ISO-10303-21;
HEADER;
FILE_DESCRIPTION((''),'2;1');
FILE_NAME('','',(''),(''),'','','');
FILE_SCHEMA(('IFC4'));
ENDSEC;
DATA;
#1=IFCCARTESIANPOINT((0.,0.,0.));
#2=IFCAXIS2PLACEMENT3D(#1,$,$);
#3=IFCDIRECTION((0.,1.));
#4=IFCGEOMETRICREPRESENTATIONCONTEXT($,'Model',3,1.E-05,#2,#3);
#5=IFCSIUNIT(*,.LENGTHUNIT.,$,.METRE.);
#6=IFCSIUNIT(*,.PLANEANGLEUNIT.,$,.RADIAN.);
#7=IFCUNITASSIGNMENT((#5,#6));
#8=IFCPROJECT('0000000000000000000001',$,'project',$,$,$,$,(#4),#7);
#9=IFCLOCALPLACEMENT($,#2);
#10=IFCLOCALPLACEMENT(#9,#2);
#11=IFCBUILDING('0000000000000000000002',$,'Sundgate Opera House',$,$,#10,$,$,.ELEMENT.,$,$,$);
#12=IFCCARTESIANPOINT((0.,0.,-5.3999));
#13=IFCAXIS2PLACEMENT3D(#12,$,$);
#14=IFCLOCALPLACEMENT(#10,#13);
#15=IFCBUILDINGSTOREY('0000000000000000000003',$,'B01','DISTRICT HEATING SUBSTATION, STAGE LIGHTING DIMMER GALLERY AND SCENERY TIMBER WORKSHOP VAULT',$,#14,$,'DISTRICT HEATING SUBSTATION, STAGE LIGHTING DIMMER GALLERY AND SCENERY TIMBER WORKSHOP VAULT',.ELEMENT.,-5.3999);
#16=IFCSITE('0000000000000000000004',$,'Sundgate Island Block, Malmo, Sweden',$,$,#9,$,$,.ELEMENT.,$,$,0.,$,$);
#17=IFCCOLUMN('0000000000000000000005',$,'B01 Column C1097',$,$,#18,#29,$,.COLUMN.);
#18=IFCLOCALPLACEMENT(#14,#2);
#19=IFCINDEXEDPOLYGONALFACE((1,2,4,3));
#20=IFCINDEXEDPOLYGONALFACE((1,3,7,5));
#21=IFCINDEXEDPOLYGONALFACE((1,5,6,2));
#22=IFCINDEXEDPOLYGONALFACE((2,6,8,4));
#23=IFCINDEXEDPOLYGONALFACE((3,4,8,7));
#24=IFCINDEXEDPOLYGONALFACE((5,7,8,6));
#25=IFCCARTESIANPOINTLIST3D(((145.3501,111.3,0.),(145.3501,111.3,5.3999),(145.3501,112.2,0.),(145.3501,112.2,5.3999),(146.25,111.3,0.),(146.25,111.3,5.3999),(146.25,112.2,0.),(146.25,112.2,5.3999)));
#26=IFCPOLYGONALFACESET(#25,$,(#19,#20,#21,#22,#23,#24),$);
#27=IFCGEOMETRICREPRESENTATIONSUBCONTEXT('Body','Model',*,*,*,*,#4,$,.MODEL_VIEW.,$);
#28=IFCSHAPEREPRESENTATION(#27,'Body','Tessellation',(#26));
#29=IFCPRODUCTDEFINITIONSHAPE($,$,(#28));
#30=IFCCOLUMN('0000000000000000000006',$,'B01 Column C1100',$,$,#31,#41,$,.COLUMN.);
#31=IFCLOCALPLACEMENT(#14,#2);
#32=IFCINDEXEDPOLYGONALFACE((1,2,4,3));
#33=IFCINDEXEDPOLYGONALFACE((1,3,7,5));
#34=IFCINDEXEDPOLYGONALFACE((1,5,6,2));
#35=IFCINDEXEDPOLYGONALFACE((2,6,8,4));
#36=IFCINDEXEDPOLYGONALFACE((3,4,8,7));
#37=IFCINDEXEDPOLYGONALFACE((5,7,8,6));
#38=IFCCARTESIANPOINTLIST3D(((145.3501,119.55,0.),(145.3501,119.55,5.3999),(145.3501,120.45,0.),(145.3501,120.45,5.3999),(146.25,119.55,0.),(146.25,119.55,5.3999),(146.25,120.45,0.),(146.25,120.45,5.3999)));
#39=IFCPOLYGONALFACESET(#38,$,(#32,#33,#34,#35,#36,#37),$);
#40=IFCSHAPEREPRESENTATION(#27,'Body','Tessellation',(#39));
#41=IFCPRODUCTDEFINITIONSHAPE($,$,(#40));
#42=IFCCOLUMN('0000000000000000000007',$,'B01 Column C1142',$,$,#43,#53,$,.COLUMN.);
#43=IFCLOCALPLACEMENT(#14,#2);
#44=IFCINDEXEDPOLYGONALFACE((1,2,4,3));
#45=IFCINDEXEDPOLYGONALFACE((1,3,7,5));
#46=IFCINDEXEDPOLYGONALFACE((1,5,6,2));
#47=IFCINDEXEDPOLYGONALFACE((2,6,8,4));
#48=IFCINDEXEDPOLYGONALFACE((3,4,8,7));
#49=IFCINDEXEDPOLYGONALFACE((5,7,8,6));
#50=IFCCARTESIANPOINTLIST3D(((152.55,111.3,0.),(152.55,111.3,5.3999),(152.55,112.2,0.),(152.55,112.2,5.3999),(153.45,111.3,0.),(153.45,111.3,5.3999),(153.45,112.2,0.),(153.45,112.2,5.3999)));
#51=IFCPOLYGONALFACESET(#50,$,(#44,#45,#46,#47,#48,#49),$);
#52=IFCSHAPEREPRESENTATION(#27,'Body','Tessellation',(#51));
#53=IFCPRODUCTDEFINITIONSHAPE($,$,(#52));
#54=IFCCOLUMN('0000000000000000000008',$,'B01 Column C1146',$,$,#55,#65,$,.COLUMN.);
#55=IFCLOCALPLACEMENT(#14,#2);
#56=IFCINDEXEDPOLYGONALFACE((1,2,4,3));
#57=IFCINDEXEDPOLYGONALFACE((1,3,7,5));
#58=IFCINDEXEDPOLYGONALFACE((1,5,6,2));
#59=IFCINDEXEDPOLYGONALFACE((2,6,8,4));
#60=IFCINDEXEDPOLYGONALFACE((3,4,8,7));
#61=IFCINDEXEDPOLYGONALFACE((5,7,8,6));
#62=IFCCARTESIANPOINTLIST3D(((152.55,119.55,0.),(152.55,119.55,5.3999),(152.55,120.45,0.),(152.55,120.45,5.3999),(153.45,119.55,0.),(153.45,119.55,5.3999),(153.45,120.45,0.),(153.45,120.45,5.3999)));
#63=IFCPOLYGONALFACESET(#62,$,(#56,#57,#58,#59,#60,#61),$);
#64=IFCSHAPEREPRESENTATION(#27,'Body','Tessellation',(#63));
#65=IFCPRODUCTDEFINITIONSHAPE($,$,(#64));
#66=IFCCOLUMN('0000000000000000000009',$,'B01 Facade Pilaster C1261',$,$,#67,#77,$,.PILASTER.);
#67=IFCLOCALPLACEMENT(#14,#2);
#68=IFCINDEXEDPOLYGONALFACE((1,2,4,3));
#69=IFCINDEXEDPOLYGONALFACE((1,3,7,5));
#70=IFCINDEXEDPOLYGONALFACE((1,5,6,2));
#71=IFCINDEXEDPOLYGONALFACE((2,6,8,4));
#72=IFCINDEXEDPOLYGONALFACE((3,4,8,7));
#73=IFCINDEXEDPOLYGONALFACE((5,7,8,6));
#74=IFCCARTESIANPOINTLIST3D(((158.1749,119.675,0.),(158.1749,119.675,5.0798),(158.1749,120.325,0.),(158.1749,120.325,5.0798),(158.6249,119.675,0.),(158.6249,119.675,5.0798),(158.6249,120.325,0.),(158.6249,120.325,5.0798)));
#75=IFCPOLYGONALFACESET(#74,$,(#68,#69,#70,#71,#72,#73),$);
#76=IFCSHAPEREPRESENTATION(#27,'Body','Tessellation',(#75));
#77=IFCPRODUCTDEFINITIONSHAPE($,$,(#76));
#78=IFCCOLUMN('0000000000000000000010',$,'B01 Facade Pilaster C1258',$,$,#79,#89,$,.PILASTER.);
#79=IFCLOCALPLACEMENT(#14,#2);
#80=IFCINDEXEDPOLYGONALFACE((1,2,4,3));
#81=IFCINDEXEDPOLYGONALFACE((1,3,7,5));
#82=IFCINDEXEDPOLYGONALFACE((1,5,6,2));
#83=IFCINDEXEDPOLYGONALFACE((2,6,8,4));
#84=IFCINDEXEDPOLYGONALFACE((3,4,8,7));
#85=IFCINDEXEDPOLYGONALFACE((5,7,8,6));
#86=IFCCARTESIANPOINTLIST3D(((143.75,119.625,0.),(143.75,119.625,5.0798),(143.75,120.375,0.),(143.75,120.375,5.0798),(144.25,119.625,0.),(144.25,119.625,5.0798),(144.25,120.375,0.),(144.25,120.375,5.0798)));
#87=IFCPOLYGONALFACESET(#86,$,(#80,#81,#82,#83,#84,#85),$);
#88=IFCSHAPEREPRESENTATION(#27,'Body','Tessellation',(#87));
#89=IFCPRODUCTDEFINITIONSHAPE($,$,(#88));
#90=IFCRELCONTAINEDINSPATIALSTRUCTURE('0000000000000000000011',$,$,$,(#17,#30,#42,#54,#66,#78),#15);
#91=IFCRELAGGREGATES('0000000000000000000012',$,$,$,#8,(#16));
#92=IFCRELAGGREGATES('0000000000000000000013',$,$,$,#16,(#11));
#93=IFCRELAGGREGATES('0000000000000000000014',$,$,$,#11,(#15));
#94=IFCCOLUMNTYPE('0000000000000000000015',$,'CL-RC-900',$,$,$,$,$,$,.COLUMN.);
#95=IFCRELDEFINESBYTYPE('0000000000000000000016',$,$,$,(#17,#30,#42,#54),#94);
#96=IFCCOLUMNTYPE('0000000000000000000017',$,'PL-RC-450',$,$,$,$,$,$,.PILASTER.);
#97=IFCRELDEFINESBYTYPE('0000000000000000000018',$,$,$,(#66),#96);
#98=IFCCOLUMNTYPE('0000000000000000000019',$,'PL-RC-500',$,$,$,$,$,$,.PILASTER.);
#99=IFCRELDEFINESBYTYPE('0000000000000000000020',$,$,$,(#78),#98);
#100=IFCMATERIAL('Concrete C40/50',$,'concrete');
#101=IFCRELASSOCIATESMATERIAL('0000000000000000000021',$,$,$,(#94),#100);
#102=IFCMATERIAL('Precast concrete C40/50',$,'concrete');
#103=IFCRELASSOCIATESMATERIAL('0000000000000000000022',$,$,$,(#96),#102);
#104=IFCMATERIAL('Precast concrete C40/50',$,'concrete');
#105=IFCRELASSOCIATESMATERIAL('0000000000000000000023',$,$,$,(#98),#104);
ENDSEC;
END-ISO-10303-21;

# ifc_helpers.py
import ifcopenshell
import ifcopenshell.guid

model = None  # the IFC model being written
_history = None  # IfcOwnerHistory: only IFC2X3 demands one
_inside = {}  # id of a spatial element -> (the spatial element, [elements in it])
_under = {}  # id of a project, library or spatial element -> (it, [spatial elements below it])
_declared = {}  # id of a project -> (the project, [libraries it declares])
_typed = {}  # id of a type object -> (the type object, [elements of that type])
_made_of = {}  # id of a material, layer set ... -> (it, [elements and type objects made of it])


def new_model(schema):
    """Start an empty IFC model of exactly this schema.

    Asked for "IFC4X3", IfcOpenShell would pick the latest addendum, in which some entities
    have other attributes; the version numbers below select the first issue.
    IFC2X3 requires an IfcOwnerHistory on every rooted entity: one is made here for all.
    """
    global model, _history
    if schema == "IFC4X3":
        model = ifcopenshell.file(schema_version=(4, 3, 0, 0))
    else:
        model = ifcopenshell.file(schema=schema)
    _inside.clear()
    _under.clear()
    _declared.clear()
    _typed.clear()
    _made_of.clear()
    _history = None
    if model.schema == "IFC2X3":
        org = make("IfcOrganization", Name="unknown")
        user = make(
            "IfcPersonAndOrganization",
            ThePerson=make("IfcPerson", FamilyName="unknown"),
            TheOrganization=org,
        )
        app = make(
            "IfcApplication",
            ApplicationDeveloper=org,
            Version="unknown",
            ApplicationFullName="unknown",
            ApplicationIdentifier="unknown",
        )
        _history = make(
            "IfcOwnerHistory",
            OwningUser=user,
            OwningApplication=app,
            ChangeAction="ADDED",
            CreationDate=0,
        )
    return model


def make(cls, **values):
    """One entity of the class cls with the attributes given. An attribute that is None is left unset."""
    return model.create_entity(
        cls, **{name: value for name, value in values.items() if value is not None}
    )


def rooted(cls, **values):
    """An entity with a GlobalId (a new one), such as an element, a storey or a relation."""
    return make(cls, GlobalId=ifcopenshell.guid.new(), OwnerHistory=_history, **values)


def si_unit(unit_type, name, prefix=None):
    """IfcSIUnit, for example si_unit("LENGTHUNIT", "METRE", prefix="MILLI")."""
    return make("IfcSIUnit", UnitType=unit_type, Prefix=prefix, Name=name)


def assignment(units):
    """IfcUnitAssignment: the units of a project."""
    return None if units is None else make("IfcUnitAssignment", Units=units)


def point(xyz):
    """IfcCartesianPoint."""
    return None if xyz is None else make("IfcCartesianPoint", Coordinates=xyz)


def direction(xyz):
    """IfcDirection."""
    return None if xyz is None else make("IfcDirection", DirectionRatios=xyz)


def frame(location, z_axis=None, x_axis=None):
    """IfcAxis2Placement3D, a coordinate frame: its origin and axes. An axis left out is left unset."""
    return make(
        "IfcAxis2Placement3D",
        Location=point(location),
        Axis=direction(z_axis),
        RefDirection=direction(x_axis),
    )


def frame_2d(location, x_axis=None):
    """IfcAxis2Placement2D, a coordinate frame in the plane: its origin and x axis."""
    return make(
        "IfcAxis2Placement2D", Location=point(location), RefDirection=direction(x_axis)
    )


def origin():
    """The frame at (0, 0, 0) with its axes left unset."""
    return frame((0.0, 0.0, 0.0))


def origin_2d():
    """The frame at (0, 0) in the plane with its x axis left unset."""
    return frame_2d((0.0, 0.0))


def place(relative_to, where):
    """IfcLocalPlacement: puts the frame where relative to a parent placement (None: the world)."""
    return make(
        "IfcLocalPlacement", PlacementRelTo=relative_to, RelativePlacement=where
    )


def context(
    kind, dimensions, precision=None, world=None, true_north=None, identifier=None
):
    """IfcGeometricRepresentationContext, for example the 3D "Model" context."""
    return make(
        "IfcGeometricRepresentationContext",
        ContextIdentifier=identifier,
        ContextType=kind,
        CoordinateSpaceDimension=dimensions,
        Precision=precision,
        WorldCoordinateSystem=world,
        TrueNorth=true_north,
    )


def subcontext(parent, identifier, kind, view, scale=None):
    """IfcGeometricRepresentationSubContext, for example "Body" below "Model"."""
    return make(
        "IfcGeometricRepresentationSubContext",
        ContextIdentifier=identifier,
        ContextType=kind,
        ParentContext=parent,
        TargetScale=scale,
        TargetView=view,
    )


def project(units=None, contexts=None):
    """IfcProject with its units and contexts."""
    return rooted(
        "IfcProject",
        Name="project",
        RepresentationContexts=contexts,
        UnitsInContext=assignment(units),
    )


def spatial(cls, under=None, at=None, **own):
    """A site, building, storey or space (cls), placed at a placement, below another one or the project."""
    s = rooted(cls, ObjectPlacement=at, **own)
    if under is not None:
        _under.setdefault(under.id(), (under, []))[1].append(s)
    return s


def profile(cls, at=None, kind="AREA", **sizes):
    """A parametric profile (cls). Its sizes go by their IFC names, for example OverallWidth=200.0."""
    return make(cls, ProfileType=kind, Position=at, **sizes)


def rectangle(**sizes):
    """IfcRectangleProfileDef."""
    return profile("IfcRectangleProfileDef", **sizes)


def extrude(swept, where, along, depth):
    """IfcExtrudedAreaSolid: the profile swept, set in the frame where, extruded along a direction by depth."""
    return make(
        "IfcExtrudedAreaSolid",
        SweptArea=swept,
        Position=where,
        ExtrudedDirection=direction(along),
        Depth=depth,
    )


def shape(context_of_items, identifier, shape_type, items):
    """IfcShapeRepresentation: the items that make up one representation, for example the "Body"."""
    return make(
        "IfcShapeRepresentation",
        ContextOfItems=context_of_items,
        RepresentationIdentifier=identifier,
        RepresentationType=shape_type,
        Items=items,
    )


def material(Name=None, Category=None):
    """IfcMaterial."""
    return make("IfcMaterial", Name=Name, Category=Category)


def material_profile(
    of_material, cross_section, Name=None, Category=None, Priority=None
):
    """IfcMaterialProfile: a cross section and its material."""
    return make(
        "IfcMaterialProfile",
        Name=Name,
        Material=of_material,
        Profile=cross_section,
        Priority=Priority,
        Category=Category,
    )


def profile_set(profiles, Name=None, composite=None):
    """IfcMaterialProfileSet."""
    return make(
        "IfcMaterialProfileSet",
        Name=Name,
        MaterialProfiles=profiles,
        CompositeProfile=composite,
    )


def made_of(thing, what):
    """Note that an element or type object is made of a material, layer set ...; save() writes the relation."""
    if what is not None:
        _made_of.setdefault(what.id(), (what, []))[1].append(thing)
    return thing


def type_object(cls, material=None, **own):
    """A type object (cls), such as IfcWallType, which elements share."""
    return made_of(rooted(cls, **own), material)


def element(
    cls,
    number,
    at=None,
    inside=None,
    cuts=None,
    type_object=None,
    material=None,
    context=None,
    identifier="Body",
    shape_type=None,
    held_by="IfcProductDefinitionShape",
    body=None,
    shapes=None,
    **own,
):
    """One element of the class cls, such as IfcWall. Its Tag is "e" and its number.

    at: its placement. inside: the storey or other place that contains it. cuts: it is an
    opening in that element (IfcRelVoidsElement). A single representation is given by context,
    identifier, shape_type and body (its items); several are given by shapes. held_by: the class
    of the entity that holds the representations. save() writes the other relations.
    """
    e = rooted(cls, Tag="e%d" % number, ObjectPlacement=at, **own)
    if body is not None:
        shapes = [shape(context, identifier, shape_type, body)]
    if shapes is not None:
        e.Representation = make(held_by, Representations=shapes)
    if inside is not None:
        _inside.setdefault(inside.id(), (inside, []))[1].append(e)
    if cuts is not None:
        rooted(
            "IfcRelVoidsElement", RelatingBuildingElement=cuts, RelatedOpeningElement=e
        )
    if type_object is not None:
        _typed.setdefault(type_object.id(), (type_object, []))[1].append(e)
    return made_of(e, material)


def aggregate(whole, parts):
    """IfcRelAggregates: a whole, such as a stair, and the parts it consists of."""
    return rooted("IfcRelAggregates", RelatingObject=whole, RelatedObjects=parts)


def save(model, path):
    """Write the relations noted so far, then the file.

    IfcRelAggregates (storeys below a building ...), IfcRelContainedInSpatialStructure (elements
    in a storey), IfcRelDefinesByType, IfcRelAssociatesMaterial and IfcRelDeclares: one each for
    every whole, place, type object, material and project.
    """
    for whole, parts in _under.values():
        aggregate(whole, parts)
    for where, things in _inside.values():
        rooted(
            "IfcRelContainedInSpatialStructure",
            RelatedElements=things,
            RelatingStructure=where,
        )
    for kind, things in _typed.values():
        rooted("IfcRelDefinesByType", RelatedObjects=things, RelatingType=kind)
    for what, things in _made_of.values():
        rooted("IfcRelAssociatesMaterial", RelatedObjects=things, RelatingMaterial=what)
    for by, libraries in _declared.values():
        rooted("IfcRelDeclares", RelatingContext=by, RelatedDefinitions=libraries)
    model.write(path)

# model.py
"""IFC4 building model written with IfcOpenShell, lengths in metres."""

from ifc_helpers import new_model, si_unit, direction, frame, origin, origin_2d, place, context, subcontext, project, spatial, rectangle, extrude, material, material_profile, profile_set, type_object, element, save


model = new_model("IFC4")

# Units and contexts
model_context = context("Model", 3, precision=1e-05, world=origin(), true_north=direction((0.0, 1.0)))
body_context = subcontext(model_context, "Body", "Model", "MODEL_VIEW")
ifc_project = project(units=[si_unit("LENGTHUNIT", "METRE"), si_unit("PLANEANGLEUNIT", "RADIAN")], contexts=[model_context])

# Site, building, storey
site_placement = place(None, origin())
site = spatial("IfcSite", under=ifc_project, at=site_placement, Name="Sundgate Island Block, Malmo, Sweden", CompositionType="ELEMENT", RefElevation=0.0)
building_placement = place(site_placement, origin())
building = spatial("IfcBuilding", under=site, at=building_placement, Name="Sundgate Opera House", CompositionType="ELEMENT")
storey_placement = place(building_placement, frame((0.0, 0.0, -5.3999)))
storey = spatial("IfcBuildingStorey", under=building, at=storey_placement, Name="B01", Description="DISTRICT HEATING SUBSTATION, STAGE LIGHTING DIMMER GALLERY AND SCENERY TIMBER WORKSHOP VAULT", LongName="DISTRICT HEATING SUBSTATION, STAGE LIGHTING DIMMER GALLERY AND SCENERY TIMBER WORKSHOP VAULT", CompositionType="ELEMENT", Elevation=-5.3999)

# Columns
ifc_material_1 = material(Name="Concrete C40/50", Category="concrete")
ifc_material_profile_1 = material_profile(ifc_material_1, rectangle(XDim=0.8999, YDim=0.8999, at=origin_2d()), Name="RC 900x900")
ifc_profile_set_1 = profile_set([ifc_material_profile_1], Name="Concrete C40/50")
column_type_1 = type_object("IfcColumnType", Name="CL-RC-900", PredefinedType="COLUMN", material=ifc_profile_set_1)
for number, where, z_axis, x_axis, name in (
    (1, (145.8, 111.75, 0.0), (0.0, 0.0, 1.0), (1.0, 0.0, 0.0), "B01 Column C1097"),
    (2, (145.8, 120.0, 0.0), (0.0, 0.0, 1.0), (1.0, 0.0, 0.0), "B01 Column C1100"),
    (3, (153.0, 111.75, 0.0), (0.0, 0.0, 1.0), (1.0, 0.0, 0.0), "B01 Column C1142"),
    (4, (153.0, 120.0, 0.0), (0.0, 0.0, 1.0), (1.0, 0.0, 0.0), "B01 Column C1146"),
):
    element("IfcColumn", number, at=place(storey_placement, frame(where, z_axis=z_axis, x_axis=x_axis)), inside=storey, type_object=column_type_1, Name=name, PredefinedType="COLUMN", context=body_context, shape_type="SweptSolid", body=[
        extrude(rectangle(XDim=0.8999, YDim=0.8999, at=origin_2d()), origin(), (0.0, 0.0, 1.0), 5.3999),
    ])
ifc_material_2 = material(Name="Precast concrete C40/50", Category="concrete")
ifc_material_profile_2 = material_profile(ifc_material_2, rectangle(XDim=0.45, YDim=0.6499, at=origin_2d()), Name="RC 450x650")
ifc_profile_set_2 = profile_set([ifc_material_profile_2], Name="Precast concrete C40/50")
column_type_2 = type_object("IfcColumnType", Name="PL-RC-450", PredefinedType="PILASTER", material=ifc_profile_set_2)
column_1_placement = place(storey_placement, frame((158.3999, 120.0, 0.0), z_axis=(0.0, 0.0, 1.0), x_axis=(1.0, 0.0, 0.0)))
element("IfcColumn", 5, at=column_1_placement, inside=storey, type_object=column_type_2, Name="B01 Facade Pilaster C1261", PredefinedType="PILASTER", context=body_context, shape_type="SweptSolid", body=[
    extrude(rectangle(XDim=0.45, YDim=0.6499, at=origin_2d()), origin(), (0.0, 0.0, 1.0), 5.0798),
])
ifc_material_3 = material(Name="Precast concrete C40/50", Category="concrete")
ifc_material_profile_3 = material_profile(ifc_material_3, rectangle(XDim=0.5, YDim=0.75, at=origin_2d()), Name="RC 500x750")
ifc_profile_set_3 = profile_set([ifc_material_profile_3], Name="Precast concrete C40/50")
column_type_3 = type_object("IfcColumnType", Name="PL-RC-500", PredefinedType="PILASTER", material=ifc_profile_set_3)
column_2_placement = place(storey_placement, frame((144.0, 120.0, 0.0), z_axis=(0.0, 0.0, 1.0), x_axis=(1.0, 0.0, 0.0)))
element("IfcColumn", 6, at=column_2_placement, inside=storey, type_object=column_type_3, Name="B01 Facade Pilaster C1258", PredefinedType="PILASTER", context=body_context, shape_type="SweptSolid", body=[
    extrude(rectangle(XDim=0.5, YDim=0.75, at=origin_2d()), origin(), (0.0, 0.0, 1.0), 5.0798),
])

save(model, "model.ifc")
